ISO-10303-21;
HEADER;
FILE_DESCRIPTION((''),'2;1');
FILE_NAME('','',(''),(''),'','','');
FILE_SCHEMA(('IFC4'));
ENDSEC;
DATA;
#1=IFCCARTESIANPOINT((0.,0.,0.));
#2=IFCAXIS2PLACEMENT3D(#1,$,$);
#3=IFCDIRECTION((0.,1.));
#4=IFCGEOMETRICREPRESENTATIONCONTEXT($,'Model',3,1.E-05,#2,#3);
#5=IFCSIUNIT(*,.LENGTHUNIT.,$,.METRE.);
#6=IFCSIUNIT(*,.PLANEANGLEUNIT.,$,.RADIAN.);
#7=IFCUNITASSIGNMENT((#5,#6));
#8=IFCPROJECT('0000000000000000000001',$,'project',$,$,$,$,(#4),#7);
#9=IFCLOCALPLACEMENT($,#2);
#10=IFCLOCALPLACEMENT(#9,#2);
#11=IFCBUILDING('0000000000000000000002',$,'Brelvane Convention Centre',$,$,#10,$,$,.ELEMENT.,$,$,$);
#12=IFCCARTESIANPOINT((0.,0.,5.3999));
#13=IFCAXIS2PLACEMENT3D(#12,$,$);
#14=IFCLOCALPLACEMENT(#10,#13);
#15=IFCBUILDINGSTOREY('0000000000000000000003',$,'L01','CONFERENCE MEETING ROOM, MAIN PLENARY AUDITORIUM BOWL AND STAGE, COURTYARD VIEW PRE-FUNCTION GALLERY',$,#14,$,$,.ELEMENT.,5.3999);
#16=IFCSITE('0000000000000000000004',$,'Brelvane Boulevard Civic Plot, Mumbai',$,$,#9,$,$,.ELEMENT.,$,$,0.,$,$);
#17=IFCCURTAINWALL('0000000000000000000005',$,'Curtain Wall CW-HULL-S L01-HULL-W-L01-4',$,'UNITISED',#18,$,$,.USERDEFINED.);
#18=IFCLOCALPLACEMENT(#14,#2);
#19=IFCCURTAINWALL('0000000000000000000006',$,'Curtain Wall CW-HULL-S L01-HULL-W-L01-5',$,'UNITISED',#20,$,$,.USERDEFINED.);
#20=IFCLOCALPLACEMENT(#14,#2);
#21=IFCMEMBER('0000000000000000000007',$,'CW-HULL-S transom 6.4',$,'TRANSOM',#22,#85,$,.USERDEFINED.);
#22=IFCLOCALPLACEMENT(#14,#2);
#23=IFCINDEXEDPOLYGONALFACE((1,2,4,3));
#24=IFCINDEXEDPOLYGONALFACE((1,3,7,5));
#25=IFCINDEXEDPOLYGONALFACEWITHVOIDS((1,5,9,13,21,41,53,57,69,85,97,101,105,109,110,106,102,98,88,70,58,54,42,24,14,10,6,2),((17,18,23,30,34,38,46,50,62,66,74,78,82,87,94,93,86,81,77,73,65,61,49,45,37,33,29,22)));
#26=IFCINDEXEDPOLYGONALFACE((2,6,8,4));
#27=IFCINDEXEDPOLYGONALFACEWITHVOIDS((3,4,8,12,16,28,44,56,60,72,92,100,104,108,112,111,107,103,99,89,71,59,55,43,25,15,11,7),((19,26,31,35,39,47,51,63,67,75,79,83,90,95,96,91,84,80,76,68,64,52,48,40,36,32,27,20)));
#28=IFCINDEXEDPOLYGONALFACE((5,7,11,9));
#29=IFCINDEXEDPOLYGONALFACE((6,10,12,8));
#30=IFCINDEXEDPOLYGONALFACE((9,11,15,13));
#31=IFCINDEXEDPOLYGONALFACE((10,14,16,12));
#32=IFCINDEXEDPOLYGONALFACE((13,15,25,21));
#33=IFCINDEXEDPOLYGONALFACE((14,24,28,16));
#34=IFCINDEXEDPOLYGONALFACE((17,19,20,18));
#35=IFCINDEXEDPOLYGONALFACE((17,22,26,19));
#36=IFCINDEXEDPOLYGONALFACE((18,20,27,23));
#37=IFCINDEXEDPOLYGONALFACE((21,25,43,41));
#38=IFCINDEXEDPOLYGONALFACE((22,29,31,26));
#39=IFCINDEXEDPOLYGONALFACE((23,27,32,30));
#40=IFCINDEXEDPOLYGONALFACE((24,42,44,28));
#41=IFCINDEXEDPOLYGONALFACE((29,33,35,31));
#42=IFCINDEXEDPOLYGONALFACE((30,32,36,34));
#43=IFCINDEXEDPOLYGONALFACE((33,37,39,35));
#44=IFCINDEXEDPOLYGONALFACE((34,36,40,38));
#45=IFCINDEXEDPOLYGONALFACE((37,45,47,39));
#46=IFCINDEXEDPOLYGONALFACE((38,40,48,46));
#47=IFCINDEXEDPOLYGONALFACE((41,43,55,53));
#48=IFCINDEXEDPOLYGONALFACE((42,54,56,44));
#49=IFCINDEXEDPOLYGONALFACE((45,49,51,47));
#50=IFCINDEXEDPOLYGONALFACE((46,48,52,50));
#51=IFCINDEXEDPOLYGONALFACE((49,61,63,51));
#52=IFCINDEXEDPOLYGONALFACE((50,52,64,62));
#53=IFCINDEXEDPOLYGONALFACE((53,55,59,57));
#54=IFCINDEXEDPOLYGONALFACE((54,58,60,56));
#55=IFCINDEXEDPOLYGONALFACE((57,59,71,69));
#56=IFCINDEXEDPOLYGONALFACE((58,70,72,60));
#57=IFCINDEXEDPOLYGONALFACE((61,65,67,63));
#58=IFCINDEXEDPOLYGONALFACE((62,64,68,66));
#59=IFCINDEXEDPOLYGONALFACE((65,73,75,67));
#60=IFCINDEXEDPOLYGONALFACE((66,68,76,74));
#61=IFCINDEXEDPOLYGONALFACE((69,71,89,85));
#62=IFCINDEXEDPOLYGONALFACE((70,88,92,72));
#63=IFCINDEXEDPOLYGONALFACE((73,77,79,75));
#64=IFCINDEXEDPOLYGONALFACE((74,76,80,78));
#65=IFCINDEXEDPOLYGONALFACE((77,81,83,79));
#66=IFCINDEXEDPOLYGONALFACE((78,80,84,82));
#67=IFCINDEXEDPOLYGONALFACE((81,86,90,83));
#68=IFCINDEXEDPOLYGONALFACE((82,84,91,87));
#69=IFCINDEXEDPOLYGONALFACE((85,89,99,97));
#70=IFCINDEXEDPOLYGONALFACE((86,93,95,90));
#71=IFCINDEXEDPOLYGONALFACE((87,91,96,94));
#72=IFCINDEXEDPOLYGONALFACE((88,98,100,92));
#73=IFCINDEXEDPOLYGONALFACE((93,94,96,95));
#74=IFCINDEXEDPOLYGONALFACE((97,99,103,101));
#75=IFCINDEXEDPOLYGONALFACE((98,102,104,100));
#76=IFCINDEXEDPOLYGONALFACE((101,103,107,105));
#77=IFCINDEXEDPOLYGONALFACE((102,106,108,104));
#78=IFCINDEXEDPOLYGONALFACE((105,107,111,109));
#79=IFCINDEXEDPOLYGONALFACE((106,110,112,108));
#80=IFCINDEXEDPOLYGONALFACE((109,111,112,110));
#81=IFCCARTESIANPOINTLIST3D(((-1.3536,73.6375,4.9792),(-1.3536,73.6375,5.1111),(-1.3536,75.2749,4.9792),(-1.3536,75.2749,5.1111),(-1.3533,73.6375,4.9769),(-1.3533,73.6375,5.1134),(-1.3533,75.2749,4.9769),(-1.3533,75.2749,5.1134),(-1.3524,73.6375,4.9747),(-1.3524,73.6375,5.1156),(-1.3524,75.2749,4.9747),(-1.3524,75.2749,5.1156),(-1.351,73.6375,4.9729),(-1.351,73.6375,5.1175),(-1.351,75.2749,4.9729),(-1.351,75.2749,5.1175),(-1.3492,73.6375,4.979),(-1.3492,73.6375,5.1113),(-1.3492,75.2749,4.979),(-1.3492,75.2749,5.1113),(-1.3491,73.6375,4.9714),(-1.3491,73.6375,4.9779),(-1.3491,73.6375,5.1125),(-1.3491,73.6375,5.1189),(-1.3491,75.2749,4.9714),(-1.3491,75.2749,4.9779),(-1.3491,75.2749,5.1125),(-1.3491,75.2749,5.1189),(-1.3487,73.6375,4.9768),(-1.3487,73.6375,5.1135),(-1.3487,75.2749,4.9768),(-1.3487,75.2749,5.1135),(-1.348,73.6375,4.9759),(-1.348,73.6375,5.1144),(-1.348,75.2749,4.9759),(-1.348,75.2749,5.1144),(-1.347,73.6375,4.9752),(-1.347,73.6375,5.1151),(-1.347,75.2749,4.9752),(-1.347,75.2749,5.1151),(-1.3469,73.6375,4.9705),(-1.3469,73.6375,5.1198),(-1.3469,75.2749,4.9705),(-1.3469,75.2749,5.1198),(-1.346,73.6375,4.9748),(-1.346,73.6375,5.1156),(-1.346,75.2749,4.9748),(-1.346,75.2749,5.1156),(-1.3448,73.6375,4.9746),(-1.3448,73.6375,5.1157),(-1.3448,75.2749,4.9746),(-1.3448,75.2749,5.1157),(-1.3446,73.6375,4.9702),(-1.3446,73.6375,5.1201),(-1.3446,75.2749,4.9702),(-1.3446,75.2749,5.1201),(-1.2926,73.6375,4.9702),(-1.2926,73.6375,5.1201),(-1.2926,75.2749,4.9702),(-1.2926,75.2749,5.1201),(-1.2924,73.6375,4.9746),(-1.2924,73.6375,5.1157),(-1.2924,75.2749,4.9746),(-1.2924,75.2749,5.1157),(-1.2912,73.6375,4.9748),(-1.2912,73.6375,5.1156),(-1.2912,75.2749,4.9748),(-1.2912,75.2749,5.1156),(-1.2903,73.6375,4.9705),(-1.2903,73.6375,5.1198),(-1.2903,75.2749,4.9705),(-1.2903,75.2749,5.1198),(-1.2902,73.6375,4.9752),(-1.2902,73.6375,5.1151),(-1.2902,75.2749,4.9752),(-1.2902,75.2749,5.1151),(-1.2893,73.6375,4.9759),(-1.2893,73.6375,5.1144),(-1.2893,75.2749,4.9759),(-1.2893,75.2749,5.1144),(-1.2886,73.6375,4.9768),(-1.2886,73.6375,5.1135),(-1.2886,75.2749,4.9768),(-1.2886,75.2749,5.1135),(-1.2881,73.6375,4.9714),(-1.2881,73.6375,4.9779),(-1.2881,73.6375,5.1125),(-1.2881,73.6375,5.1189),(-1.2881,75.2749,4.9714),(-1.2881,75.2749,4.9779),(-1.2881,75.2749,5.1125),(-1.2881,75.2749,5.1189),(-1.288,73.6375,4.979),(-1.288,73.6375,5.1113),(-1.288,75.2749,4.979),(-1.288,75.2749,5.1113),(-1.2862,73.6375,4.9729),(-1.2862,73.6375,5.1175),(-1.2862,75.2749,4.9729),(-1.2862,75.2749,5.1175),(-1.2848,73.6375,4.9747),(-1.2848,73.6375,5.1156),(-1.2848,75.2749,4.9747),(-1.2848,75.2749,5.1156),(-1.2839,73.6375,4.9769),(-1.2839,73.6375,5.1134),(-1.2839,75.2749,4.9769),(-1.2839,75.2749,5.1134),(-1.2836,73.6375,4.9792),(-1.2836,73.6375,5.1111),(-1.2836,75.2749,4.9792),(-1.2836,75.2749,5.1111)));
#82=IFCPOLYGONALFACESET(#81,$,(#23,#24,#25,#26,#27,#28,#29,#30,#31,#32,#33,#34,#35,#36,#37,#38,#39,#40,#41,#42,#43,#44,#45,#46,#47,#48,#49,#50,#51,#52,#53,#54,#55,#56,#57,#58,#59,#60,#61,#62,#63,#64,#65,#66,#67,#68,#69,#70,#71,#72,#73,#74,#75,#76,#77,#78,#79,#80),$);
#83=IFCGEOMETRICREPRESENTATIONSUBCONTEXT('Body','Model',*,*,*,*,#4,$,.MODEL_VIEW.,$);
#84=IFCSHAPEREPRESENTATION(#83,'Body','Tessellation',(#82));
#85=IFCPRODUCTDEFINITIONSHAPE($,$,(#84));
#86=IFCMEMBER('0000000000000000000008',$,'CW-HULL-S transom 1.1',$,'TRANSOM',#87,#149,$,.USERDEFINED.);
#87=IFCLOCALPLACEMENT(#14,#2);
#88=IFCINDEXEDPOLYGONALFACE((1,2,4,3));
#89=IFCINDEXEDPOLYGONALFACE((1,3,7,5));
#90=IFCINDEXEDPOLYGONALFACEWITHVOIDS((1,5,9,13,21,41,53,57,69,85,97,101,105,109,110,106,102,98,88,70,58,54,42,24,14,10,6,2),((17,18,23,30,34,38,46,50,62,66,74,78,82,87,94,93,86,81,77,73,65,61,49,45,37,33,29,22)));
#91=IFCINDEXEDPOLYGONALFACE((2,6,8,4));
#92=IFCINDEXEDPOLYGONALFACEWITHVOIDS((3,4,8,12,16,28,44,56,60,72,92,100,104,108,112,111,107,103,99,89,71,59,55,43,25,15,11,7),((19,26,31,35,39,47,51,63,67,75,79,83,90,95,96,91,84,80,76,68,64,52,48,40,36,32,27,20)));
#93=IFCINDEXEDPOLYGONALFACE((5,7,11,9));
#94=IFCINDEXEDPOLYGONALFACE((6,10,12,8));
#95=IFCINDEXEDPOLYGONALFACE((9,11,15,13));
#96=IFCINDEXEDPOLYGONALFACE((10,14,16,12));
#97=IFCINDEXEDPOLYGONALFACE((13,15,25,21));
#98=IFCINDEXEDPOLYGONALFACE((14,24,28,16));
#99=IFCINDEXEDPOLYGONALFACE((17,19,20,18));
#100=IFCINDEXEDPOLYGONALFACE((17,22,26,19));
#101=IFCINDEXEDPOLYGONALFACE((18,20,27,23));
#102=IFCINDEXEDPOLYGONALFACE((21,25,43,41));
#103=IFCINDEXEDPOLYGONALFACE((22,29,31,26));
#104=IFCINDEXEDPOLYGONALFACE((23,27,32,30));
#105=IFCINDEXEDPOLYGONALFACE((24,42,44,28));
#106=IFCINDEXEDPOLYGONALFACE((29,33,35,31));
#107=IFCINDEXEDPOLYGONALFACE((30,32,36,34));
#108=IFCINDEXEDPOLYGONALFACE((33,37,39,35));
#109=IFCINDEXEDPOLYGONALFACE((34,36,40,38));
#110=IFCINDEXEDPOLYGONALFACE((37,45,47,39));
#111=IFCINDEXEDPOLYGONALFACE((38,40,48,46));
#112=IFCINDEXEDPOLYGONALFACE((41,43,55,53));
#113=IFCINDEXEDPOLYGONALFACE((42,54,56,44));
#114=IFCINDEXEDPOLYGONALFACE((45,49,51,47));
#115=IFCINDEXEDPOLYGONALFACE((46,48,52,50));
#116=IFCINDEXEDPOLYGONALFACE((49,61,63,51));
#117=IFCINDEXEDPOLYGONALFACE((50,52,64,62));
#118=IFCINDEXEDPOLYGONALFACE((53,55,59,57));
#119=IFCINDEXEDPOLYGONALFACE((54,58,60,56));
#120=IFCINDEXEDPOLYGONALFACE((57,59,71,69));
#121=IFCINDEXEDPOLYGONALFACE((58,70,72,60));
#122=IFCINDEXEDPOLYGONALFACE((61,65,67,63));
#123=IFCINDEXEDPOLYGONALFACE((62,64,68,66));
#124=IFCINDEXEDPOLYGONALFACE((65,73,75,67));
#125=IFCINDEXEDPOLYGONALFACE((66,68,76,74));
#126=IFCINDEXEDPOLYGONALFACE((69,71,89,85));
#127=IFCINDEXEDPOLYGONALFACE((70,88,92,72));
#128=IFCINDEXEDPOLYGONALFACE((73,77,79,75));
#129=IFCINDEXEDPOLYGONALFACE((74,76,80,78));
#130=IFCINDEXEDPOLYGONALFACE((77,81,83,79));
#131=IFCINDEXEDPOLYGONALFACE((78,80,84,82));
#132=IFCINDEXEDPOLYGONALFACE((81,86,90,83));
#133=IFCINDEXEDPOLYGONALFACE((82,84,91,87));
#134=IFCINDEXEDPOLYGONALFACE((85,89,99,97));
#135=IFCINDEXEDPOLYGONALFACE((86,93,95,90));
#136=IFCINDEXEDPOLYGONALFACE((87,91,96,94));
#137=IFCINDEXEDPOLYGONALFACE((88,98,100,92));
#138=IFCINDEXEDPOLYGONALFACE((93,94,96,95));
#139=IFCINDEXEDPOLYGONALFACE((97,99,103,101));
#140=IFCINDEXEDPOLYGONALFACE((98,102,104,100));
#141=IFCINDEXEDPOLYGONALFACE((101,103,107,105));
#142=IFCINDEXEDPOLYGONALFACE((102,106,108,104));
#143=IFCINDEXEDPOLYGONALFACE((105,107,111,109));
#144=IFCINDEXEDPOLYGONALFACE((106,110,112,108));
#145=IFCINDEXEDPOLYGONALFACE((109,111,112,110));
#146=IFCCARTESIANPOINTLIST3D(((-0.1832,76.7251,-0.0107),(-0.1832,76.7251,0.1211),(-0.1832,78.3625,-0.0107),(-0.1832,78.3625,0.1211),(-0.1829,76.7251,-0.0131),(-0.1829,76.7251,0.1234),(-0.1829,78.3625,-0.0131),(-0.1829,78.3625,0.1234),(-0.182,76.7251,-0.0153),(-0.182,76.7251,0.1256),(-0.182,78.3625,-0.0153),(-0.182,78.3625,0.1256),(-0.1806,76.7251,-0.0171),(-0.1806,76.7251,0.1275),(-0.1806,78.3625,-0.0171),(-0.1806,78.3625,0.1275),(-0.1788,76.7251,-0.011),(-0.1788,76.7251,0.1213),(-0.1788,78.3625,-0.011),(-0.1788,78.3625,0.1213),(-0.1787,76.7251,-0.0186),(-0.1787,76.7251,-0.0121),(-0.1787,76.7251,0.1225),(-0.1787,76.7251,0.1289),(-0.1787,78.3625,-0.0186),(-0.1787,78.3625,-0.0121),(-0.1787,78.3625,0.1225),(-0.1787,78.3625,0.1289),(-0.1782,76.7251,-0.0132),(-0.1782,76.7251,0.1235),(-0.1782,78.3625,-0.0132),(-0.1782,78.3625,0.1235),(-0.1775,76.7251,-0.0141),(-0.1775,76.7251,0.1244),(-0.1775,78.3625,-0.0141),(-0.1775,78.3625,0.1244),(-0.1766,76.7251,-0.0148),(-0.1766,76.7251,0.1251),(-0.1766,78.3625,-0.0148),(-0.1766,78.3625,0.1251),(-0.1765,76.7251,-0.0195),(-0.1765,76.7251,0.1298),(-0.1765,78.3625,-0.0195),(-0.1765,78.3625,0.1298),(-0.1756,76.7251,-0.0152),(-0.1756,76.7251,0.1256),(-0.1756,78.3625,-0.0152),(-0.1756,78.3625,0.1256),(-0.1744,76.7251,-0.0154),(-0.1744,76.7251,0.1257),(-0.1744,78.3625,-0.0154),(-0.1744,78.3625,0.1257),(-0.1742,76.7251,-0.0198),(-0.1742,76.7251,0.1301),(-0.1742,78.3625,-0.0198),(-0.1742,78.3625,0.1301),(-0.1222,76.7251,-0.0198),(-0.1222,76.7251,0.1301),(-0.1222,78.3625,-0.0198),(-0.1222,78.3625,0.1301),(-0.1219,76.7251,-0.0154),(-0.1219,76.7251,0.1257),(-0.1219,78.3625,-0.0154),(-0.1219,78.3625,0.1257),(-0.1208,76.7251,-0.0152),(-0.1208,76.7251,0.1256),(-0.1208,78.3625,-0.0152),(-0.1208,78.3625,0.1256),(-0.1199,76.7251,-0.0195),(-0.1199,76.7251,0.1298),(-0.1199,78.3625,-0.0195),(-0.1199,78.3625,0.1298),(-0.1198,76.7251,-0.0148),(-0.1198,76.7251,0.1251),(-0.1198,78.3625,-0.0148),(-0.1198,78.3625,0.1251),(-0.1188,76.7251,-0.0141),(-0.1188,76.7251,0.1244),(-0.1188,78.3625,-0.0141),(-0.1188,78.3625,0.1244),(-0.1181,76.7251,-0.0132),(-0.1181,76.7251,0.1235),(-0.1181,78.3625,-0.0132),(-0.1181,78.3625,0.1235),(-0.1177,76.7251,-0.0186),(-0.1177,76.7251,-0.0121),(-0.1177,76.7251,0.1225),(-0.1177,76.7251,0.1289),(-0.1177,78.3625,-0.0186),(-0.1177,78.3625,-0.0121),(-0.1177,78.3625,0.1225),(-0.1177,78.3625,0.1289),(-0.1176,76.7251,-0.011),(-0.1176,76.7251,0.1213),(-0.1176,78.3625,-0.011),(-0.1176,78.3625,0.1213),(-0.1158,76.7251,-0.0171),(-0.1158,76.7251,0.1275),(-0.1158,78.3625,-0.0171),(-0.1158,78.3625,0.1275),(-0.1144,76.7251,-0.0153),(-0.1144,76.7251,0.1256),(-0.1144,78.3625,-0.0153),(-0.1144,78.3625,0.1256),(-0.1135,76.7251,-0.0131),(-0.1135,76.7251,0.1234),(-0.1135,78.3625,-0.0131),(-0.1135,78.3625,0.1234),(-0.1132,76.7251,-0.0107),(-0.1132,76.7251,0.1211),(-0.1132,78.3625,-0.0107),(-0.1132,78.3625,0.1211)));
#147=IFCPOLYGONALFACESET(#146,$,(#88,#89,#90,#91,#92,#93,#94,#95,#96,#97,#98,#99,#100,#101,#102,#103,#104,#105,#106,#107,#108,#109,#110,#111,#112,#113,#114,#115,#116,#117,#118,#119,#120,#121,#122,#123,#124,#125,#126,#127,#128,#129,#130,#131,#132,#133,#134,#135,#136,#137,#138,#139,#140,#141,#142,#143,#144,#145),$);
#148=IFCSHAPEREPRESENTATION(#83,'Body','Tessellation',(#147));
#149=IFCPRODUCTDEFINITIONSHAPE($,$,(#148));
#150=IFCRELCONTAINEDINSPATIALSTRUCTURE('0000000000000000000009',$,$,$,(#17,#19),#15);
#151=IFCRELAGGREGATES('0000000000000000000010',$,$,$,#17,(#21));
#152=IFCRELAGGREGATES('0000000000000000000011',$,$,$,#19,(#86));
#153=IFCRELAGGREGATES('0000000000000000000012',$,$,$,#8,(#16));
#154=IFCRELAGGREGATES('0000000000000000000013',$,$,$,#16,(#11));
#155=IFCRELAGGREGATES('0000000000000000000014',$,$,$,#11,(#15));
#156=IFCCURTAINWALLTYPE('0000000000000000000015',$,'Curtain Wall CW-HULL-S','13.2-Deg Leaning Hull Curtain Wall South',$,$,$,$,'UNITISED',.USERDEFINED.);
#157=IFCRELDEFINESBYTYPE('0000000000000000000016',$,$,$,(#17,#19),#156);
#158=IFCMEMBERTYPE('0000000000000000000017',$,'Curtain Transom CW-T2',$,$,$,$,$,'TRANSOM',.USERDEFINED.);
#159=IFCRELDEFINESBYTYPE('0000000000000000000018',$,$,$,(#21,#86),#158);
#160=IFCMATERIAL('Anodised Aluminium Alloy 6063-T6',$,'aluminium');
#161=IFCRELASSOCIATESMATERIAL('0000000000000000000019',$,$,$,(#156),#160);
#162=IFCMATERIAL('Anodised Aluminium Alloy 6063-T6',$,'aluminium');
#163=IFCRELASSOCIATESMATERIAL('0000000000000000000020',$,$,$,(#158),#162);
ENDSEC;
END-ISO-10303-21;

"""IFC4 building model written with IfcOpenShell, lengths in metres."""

from ifc_helpers import new_model, si_unit, direction, frame, origin, origin_2d, place, context, subcontext, project, spatial, hollow_rectangle, extrude, material, material_profile, profile_set, type_object, element, aggregate, save


model = new_model("IFC4")

# Units and contexts
model_context = context("Model", 3, precision=1e-05, world=origin(), true_north=direction((0.0, 1.0)))
body_context = subcontext(model_context, "Body", "Model", "MODEL_VIEW")
ifc_project = project(units=[si_unit("LENGTHUNIT", "METRE"), si_unit("PLANEANGLEUNIT", "RADIAN")], contexts=[model_context])

# Site, building, storey
site_placement = place(None, origin())
site = spatial("IfcSite", under=ifc_project, at=site_placement, Name="Brelvane Boulevard Civic Plot, Mumbai", CompositionType="ELEMENT", RefElevation=0.0)
building_placement = place(site_placement, origin())
building = spatial("IfcBuilding", under=site, at=building_placement, Name="Brelvane Convention Centre", CompositionType="ELEMENT")
storey_placement = place(building_placement, frame((0.0, 0.0, 5.3999)))
storey = spatial("IfcBuildingStorey", under=building, at=storey_placement, Name="L01", Description="CONFERENCE MEETING ROOM, MAIN PLENARY AUDITORIUM BOWL AND STAGE, COURTYARD VIEW PRE-FUNCTION GALLERY", CompositionType="ELEMENT", Elevation=5.3999)

# Curtain walls
ifc_material_1 = material(Name="Anodised Aluminium Alloy 6063-T6", Category="aluminium")
curtain_wall_type = type_object("IfcCurtainWallType", Name="Curtain Wall CW-HULL-S", Description="13.2-Deg Leaning Hull Curtain Wall South", ElementType="UNITISED", PredefinedType="USERDEFINED", material=ifc_material_1)
curtain_wall_1_placement = place(storey_placement, origin())
curtain_wall_1 = element("IfcCurtainWall", 1, at=curtain_wall_1_placement, inside=storey, type_object=curtain_wall_type, Name="Curtain Wall CW-HULL-S L01-HULL-W-L01-4", ObjectType="UNITISED", PredefinedType="USERDEFINED")
curtain_wall_2_placement = place(storey_placement, origin())
curtain_wall_2 = element("IfcCurtainWall", 2, at=curtain_wall_2_placement, inside=storey, type_object=curtain_wall_type, Name="Curtain Wall CW-HULL-S L01-HULL-W-L01-5", ObjectType="UNITISED", PredefinedType="USERDEFINED")

# Members
ifc_material_2 = material(Name="Anodised Aluminium Alloy 6063-T6", Category="aluminium")
ifc_material_profile_1 = material_profile(ifc_material_2, hollow_rectangle(XDim=0.0701, YDim=0.1499, WallThickness=0.0044, InnerFilletRadius=0.0044, OuterFilletRadius=0.009, at=origin_2d()), Name="ALU-T 150x70x4.5")
ifc_profile_set_1 = profile_set([ifc_material_profile_1], Name="Anodised Aluminium Alloy 6063-T6")
member_type_1 = type_object("IfcMemberType", Name="Curtain Transom CW-T2", ElementType="TRANSOM", PredefinedType="USERDEFINED", material=ifc_profile_set_1)
member_1_placement = place(storey_placement, frame((-1.3186, 73.6375, 5.0452), z_axis=(0.0, 1.0, 0.0), x_axis=(-1.0, 0.0, 0.0)))
member_1 = element("IfcMember", 3, at=member_1_placement, type_object=member_type_1, Name="CW-HULL-S transom 6.4", ObjectType="TRANSOM", PredefinedType="USERDEFINED", context=body_context, shape_type="SweptSolid", body=[
    extrude(hollow_rectangle(XDim=0.0701, YDim=0.1499, WallThickness=0.0044, InnerFilletRadius=0.0044, OuterFilletRadius=0.009, at=origin_2d()), origin(), (0.0, 0.0, 1.0), 1.6375),
])
member_2_placement = place(storey_placement, frame((-0.1482, 76.7251, 0.0552), z_axis=(0.0, 1.0, 0.0), x_axis=(-1.0, 0.0, 0.0)))
member_2 = element("IfcMember", 4, at=member_2_placement, type_object=member_type_1, Name="CW-HULL-S transom 1.1", ObjectType="TRANSOM", PredefinedType="USERDEFINED", context=body_context, shape_type="SweptSolid", body=[
    extrude(hollow_rectangle(XDim=0.0701, YDim=0.1499, WallThickness=0.0044, InnerFilletRadius=0.0044, OuterFilletRadius=0.009, at=origin_2d()), origin(), (0.0, 0.0, 1.0), 1.6375),
])

aggregate(curtain_wall_1, [member_1])
aggregate(curtain_wall_2, [member_2])

save(model, "model.ifc")
